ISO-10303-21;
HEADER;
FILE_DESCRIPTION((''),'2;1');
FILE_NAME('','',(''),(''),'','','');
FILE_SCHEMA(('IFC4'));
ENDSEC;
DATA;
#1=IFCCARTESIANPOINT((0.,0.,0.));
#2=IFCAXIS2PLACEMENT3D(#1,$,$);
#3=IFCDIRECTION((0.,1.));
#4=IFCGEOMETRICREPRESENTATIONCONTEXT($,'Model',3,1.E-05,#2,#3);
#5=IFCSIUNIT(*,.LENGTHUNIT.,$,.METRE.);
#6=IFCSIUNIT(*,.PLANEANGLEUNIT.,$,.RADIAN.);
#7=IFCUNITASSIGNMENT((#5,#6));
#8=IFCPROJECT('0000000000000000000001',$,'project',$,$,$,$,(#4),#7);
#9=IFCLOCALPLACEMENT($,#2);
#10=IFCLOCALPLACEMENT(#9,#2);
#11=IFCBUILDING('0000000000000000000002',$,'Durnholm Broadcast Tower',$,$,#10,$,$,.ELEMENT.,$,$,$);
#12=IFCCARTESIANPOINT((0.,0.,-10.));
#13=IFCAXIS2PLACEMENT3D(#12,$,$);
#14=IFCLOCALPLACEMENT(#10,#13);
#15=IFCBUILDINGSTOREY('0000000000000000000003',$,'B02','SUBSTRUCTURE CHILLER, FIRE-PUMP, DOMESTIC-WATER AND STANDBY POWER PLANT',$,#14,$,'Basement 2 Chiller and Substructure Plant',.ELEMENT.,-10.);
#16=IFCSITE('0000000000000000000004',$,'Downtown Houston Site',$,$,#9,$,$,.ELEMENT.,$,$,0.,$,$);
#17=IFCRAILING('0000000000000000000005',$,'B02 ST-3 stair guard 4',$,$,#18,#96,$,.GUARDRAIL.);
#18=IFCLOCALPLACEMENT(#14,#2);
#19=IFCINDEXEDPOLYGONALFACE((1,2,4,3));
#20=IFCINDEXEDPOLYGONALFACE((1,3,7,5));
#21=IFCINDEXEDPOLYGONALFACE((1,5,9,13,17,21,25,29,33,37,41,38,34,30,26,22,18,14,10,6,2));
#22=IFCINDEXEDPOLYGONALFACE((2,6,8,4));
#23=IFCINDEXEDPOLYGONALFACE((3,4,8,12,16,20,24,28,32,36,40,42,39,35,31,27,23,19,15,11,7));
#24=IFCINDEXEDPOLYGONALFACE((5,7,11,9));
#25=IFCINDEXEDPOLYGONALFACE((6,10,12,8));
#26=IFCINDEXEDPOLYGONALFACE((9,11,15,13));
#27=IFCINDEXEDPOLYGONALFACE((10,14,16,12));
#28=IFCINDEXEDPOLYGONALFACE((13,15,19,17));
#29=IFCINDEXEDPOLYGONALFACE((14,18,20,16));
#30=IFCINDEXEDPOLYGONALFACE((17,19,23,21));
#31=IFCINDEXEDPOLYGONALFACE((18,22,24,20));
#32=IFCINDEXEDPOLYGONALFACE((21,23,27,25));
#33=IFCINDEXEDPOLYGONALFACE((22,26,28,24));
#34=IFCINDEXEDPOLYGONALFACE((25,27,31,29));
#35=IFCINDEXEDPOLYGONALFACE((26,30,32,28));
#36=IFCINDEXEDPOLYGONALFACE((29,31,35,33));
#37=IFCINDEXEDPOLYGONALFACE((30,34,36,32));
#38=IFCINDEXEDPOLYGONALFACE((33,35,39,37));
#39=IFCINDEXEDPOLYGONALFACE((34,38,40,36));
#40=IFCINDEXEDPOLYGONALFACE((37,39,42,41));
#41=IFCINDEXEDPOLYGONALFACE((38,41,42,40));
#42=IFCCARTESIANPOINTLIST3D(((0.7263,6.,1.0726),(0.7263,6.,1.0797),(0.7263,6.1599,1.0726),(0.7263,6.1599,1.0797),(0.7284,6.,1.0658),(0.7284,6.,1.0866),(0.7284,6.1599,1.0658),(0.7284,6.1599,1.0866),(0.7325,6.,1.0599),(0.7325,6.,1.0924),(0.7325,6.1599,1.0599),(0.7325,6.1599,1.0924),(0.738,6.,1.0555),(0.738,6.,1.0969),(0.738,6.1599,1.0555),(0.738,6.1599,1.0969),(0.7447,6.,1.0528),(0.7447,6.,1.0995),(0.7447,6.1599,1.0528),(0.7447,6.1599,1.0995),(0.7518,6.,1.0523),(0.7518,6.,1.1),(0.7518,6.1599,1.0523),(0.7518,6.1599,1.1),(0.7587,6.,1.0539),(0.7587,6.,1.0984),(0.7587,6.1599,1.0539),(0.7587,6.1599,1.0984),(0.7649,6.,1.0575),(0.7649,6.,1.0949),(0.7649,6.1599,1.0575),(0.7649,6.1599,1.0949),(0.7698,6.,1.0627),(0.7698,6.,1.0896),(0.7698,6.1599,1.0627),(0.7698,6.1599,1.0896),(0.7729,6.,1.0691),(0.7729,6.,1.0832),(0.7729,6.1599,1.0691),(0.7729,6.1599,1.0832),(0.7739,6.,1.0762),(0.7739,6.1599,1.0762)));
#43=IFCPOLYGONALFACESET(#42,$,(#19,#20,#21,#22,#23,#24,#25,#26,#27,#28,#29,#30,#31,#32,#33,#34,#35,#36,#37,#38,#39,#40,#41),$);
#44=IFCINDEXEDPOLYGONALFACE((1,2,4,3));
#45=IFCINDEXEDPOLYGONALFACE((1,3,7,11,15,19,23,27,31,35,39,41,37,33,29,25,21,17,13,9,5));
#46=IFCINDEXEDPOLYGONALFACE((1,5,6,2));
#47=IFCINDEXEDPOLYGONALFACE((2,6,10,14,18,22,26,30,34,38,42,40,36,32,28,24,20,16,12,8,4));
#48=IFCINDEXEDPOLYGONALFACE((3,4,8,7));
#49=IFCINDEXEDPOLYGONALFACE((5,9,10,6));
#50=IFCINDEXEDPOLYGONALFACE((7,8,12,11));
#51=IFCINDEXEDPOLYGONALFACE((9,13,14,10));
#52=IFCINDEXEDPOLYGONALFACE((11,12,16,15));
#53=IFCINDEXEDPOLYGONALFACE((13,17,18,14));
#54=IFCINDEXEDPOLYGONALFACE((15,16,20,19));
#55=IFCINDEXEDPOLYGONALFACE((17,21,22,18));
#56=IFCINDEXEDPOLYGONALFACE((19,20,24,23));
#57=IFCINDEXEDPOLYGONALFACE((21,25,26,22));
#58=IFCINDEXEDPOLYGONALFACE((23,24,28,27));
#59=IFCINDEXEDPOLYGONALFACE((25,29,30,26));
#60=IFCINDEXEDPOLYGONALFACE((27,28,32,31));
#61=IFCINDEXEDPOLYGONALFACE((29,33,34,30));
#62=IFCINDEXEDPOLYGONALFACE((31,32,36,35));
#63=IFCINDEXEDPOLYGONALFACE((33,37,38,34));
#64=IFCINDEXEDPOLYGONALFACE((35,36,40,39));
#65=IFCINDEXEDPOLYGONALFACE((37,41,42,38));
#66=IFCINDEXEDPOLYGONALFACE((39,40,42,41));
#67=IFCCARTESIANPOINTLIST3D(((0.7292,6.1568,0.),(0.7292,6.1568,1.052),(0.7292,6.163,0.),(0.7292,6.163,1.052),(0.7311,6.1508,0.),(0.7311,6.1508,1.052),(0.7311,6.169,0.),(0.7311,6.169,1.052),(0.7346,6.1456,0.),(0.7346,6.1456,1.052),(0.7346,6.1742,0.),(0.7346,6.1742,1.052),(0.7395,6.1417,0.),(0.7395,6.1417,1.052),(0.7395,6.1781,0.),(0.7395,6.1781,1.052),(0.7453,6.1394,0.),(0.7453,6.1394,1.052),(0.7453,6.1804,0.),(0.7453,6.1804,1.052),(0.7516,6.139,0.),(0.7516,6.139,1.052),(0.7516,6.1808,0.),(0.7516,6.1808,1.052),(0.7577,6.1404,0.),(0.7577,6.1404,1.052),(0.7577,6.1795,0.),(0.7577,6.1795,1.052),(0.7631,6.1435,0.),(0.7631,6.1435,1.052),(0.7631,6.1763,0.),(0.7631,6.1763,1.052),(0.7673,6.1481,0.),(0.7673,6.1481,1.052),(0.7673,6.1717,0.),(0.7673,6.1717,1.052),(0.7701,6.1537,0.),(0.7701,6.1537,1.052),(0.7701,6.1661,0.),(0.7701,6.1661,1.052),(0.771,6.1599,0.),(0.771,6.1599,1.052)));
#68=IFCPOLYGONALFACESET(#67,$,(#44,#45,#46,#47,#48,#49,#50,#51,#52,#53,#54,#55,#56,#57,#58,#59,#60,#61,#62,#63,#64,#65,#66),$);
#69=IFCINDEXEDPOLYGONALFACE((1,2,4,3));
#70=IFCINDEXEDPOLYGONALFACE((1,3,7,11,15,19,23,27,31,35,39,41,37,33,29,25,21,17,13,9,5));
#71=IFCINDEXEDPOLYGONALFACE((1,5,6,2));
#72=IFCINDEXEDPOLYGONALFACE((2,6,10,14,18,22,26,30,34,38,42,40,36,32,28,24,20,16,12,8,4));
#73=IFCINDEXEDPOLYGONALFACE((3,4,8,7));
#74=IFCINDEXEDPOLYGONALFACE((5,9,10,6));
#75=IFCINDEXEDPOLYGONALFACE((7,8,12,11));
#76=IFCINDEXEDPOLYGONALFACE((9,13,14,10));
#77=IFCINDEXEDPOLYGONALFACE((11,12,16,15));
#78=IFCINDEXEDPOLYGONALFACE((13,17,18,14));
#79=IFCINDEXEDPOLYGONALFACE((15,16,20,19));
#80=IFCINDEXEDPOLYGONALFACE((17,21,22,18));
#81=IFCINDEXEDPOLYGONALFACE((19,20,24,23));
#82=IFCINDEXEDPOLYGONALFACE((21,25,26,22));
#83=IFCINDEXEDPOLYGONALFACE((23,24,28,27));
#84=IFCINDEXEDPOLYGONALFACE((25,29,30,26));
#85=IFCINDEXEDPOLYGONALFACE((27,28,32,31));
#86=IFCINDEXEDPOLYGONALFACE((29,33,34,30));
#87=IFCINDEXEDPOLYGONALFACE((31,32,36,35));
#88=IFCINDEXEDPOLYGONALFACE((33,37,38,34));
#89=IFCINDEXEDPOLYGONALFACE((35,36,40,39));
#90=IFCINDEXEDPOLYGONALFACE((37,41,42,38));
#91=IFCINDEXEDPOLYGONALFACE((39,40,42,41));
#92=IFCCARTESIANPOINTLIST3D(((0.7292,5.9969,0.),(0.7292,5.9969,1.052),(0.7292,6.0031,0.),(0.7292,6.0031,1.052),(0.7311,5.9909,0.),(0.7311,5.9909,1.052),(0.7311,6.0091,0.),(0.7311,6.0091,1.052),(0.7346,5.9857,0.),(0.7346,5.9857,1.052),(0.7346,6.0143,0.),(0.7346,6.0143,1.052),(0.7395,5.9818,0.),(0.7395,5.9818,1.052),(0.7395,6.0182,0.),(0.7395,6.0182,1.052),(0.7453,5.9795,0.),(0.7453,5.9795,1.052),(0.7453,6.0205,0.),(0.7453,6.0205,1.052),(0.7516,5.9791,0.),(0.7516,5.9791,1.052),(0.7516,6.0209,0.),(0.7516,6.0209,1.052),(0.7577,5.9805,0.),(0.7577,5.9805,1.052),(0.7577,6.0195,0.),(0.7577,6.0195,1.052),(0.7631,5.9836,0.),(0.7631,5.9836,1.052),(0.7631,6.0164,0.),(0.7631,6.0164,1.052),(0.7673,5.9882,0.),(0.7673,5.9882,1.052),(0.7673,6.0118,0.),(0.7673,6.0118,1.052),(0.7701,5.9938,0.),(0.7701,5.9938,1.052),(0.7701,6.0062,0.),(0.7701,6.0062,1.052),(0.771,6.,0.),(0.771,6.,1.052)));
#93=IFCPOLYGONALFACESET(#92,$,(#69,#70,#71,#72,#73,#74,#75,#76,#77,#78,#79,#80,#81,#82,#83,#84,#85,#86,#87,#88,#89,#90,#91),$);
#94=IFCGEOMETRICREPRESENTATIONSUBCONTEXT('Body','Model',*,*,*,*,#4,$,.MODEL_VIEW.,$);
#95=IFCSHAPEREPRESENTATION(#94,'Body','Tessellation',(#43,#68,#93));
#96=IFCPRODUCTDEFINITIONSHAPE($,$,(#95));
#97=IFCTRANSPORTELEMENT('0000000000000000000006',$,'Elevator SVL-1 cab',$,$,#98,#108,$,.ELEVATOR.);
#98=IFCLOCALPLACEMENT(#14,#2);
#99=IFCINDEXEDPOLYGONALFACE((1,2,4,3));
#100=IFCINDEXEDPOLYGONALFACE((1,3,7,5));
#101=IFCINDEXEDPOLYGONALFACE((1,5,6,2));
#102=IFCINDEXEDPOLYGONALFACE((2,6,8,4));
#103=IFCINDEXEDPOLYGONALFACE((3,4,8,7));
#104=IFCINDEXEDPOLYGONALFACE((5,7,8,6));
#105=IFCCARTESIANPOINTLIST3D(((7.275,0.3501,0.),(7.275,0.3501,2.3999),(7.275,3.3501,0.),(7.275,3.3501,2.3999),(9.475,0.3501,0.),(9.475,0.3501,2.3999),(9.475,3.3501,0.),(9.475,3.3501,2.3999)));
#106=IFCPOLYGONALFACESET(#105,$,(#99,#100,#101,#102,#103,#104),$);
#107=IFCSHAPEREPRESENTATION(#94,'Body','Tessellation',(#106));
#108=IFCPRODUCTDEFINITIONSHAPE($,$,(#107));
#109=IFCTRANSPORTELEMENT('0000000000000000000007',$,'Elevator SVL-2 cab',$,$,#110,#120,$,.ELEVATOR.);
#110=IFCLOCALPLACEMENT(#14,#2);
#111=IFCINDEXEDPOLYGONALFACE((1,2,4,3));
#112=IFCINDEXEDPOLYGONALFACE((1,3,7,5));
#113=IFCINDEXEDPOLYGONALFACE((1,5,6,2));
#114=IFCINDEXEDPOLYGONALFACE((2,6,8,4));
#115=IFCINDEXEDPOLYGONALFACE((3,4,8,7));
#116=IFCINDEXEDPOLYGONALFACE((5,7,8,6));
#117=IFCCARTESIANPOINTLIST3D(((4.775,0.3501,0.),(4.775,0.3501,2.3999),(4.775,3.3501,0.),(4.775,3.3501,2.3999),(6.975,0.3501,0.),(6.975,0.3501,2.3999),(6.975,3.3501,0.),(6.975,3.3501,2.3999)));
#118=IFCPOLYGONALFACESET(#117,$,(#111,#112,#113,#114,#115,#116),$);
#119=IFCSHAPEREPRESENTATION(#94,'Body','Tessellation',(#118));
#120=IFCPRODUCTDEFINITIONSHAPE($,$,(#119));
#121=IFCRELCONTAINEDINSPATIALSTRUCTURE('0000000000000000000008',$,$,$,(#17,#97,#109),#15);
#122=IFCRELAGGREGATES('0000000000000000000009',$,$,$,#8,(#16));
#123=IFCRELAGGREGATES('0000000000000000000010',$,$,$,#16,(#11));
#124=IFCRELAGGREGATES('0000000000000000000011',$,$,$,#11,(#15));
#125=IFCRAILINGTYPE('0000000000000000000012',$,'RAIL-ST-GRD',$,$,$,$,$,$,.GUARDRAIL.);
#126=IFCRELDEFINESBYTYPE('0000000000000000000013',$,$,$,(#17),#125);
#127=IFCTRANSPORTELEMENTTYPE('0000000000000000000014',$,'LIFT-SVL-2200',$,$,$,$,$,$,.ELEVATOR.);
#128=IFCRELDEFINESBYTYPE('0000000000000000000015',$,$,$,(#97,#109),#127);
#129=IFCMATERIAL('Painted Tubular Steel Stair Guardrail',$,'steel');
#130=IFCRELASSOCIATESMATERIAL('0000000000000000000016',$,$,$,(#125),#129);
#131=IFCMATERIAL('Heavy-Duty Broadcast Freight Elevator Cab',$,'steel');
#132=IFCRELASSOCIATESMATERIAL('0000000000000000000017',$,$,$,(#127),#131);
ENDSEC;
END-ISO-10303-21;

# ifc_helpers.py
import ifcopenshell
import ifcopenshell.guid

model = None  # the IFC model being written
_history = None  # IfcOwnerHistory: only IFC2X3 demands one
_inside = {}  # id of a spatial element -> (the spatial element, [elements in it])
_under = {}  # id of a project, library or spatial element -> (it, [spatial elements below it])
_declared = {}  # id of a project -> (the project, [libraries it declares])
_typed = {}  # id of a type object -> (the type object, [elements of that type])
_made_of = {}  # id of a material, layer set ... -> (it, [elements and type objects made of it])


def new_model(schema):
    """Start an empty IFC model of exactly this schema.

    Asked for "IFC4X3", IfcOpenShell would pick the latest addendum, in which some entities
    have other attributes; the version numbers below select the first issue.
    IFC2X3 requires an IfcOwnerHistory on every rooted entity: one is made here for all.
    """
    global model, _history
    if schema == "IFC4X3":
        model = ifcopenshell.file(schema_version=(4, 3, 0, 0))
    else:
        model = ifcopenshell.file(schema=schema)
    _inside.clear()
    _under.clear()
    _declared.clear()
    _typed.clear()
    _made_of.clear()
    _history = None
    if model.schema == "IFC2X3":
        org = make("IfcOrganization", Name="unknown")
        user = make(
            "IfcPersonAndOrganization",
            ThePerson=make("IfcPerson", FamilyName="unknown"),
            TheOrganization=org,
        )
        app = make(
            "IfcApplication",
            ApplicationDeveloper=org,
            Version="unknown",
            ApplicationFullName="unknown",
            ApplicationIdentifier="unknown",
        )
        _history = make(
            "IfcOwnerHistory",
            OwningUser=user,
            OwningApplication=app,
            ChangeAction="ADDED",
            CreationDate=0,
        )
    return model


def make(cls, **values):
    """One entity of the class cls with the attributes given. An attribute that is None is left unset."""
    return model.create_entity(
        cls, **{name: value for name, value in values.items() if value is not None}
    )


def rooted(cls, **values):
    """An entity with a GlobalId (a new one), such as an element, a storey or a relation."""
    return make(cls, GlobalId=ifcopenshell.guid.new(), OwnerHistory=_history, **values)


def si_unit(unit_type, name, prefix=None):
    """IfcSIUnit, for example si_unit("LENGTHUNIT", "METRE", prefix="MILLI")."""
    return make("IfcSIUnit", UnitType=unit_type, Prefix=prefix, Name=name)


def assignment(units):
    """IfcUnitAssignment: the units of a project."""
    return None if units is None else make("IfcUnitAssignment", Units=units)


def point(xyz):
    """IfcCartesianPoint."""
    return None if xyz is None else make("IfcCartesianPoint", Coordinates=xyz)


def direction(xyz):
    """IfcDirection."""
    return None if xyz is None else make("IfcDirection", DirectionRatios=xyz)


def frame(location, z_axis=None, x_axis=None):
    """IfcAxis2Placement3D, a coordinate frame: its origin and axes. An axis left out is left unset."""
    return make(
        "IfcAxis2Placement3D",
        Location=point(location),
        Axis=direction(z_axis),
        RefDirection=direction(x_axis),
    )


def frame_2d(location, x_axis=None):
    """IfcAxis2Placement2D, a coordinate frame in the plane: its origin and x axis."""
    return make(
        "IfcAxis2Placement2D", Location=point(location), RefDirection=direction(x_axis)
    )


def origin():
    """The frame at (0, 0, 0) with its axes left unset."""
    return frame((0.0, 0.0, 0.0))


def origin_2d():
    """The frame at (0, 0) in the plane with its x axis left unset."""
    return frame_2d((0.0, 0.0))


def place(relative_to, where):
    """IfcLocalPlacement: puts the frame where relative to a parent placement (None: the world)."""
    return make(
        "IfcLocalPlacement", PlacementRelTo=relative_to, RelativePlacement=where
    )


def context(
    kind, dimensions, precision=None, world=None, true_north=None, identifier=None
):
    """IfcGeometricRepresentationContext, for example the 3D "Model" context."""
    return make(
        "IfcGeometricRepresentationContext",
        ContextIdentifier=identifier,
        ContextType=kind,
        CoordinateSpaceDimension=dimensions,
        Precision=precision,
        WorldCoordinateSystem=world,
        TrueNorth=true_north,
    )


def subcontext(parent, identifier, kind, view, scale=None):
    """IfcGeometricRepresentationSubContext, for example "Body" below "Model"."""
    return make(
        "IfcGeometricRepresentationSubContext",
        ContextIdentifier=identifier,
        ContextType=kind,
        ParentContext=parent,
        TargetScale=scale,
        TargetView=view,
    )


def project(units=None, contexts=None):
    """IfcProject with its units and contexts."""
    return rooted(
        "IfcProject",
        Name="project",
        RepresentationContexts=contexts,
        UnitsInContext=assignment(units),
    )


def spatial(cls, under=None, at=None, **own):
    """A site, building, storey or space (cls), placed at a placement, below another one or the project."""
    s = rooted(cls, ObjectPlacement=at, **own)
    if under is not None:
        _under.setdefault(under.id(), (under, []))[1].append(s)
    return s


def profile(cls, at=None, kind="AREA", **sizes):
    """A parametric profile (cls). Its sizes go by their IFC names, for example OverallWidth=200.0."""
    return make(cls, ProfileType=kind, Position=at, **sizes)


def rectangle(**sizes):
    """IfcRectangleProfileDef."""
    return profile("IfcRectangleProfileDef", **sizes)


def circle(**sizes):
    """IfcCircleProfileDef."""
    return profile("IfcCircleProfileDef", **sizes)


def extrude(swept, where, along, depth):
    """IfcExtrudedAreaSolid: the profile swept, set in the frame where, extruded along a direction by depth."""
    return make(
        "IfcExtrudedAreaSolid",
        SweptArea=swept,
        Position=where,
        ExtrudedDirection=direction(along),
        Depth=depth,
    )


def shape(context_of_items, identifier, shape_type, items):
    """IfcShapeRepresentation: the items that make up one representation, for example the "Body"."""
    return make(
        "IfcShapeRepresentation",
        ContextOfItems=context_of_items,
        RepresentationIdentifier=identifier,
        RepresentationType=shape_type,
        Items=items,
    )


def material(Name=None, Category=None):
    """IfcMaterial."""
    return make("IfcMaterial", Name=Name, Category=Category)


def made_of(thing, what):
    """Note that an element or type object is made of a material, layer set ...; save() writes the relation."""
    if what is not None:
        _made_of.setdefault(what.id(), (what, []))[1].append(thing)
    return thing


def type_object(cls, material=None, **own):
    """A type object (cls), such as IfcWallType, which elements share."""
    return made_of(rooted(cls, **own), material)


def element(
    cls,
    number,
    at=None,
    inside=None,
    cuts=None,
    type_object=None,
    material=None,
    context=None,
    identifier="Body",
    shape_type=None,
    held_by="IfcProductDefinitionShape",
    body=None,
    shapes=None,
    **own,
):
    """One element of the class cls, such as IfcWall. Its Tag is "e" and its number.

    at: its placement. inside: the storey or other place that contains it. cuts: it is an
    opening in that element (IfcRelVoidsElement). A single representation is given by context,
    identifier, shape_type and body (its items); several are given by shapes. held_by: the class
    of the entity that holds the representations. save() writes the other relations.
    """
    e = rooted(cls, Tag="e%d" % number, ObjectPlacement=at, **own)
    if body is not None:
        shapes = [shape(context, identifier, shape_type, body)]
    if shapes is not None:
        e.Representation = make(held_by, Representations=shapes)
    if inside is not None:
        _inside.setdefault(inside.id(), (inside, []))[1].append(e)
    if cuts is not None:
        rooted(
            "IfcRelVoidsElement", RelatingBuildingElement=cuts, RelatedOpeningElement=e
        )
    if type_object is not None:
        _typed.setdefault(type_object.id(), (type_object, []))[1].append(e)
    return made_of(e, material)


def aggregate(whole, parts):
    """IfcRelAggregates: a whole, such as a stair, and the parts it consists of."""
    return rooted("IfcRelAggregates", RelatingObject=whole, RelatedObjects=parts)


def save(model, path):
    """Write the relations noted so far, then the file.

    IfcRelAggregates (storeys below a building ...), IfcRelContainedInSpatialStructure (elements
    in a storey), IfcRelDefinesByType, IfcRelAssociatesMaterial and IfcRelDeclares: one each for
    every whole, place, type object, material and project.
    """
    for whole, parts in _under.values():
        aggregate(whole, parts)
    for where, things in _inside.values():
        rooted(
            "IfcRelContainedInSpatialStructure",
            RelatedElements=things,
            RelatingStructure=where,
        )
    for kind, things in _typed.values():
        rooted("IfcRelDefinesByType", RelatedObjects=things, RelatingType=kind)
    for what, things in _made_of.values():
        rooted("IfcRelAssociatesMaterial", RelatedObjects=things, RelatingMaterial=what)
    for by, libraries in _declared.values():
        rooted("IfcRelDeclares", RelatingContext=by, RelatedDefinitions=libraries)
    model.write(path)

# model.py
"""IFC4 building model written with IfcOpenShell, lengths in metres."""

from ifc_helpers import new_model, si_unit, direction, frame, origin, origin_2d, place, context, subcontext, project, spatial, rectangle, circle, extrude, material, type_object, element, save


model = new_model("IFC4")

# Units and contexts
model_context = context("Model", 3, precision=1e-05, world=origin(), true_north=direction((0.0, 1.0)))
body_context = subcontext(model_context, "Body", "Model", "MODEL_VIEW")
ifc_project = project(units=[si_unit("LENGTHUNIT", "METRE"), si_unit("PLANEANGLEUNIT", "RADIAN")], contexts=[model_context])

# Site, building, storey
site_placement = place(None, origin())
site = spatial("IfcSite", under=ifc_project, at=site_placement, Name="Downtown Houston Site", CompositionType="ELEMENT", RefElevation=0.0)
building_placement = place(site_placement, origin())
building = spatial("IfcBuilding", under=site, at=building_placement, Name="Durnholm Broadcast Tower", CompositionType="ELEMENT")
storey_placement = place(building_placement, frame((0.0, 0.0, -10.0)))
storey = spatial("IfcBuildingStorey", under=building, at=storey_placement, Name="B02", Description="SUBSTRUCTURE CHILLER, FIRE-PUMP, DOMESTIC-WATER AND STANDBY POWER PLANT", LongName="Basement 2 Chiller and Substructure Plant", CompositionType="ELEMENT", Elevation=-10.0)

# Railing
ifc_material_1 = material(Name="Painted Tubular Steel Stair Guardrail", Category="steel")
railing_type = type_object("IfcRailingType", Name="RAIL-ST-GRD", PredefinedType="GUARDRAIL", material=ifc_material_1)
railing_1_placement = place(storey_placement, frame((0.75, 6.1599, 0.0)))
element("IfcRailing", 1, at=railing_1_placement, inside=storey, type_object=railing_type, Name="B02 ST-3 stair guard 4", PredefinedType="GUARDRAIL", context=body_context, shape_type="SweptSolid", body=[
    extrude(circle(Radius=0.0239, at=origin_2d()), frame((0.0, 0.0, 1.0762), z_axis=(0.0, -1.0, 0.0), x_axis=(1.0, 0.0, 0.0)), (0.0, 0.0, 1.0), 0.1599),
    extrude(circle(Radius=0.021, at=origin_2d()), origin(), (0.0, 0.0, 1.0), 1.052),
    extrude(circle(Radius=0.021, at=origin_2d()), frame((0.0, -0.1599, 0.0)), (0.0, 0.0, 1.0), 1.052),
])

# Transport elements
ifc_material_2 = material(Name="Heavy-Duty Broadcast Freight Elevator Cab", Category="steel")
transport_element_type = type_object("IfcTransportElementType", Name="LIFT-SVL-2200", PredefinedType="ELEVATOR", material=ifc_material_2)
for number, where, z_axis, x_axis, name in (
    (2, (8.375, 1.8501, 0.0), (0.0, 0.0, 1.0), (1.0, 0.0, 0.0), "Elevator SVL-1 cab"),
    (3, (5.875, 1.8501, 0.0), (0.0, 0.0, 1.0), (1.0, 0.0, 0.0), "Elevator SVL-2 cab"),
):
    element("IfcTransportElement", number, at=place(storey_placement, frame(where, z_axis=z_axis, x_axis=x_axis)), inside=storey, type_object=transport_element_type, Name=name, PredefinedType="ELEVATOR", context=body_context, shape_type="SweptSolid", body=[
        extrude(rectangle(XDim=2.2, YDim=3.0, at=origin_2d()), origin(), (0.0, 0.0, 1.0), 2.3999),
    ])

save(model, "model.ifc")
